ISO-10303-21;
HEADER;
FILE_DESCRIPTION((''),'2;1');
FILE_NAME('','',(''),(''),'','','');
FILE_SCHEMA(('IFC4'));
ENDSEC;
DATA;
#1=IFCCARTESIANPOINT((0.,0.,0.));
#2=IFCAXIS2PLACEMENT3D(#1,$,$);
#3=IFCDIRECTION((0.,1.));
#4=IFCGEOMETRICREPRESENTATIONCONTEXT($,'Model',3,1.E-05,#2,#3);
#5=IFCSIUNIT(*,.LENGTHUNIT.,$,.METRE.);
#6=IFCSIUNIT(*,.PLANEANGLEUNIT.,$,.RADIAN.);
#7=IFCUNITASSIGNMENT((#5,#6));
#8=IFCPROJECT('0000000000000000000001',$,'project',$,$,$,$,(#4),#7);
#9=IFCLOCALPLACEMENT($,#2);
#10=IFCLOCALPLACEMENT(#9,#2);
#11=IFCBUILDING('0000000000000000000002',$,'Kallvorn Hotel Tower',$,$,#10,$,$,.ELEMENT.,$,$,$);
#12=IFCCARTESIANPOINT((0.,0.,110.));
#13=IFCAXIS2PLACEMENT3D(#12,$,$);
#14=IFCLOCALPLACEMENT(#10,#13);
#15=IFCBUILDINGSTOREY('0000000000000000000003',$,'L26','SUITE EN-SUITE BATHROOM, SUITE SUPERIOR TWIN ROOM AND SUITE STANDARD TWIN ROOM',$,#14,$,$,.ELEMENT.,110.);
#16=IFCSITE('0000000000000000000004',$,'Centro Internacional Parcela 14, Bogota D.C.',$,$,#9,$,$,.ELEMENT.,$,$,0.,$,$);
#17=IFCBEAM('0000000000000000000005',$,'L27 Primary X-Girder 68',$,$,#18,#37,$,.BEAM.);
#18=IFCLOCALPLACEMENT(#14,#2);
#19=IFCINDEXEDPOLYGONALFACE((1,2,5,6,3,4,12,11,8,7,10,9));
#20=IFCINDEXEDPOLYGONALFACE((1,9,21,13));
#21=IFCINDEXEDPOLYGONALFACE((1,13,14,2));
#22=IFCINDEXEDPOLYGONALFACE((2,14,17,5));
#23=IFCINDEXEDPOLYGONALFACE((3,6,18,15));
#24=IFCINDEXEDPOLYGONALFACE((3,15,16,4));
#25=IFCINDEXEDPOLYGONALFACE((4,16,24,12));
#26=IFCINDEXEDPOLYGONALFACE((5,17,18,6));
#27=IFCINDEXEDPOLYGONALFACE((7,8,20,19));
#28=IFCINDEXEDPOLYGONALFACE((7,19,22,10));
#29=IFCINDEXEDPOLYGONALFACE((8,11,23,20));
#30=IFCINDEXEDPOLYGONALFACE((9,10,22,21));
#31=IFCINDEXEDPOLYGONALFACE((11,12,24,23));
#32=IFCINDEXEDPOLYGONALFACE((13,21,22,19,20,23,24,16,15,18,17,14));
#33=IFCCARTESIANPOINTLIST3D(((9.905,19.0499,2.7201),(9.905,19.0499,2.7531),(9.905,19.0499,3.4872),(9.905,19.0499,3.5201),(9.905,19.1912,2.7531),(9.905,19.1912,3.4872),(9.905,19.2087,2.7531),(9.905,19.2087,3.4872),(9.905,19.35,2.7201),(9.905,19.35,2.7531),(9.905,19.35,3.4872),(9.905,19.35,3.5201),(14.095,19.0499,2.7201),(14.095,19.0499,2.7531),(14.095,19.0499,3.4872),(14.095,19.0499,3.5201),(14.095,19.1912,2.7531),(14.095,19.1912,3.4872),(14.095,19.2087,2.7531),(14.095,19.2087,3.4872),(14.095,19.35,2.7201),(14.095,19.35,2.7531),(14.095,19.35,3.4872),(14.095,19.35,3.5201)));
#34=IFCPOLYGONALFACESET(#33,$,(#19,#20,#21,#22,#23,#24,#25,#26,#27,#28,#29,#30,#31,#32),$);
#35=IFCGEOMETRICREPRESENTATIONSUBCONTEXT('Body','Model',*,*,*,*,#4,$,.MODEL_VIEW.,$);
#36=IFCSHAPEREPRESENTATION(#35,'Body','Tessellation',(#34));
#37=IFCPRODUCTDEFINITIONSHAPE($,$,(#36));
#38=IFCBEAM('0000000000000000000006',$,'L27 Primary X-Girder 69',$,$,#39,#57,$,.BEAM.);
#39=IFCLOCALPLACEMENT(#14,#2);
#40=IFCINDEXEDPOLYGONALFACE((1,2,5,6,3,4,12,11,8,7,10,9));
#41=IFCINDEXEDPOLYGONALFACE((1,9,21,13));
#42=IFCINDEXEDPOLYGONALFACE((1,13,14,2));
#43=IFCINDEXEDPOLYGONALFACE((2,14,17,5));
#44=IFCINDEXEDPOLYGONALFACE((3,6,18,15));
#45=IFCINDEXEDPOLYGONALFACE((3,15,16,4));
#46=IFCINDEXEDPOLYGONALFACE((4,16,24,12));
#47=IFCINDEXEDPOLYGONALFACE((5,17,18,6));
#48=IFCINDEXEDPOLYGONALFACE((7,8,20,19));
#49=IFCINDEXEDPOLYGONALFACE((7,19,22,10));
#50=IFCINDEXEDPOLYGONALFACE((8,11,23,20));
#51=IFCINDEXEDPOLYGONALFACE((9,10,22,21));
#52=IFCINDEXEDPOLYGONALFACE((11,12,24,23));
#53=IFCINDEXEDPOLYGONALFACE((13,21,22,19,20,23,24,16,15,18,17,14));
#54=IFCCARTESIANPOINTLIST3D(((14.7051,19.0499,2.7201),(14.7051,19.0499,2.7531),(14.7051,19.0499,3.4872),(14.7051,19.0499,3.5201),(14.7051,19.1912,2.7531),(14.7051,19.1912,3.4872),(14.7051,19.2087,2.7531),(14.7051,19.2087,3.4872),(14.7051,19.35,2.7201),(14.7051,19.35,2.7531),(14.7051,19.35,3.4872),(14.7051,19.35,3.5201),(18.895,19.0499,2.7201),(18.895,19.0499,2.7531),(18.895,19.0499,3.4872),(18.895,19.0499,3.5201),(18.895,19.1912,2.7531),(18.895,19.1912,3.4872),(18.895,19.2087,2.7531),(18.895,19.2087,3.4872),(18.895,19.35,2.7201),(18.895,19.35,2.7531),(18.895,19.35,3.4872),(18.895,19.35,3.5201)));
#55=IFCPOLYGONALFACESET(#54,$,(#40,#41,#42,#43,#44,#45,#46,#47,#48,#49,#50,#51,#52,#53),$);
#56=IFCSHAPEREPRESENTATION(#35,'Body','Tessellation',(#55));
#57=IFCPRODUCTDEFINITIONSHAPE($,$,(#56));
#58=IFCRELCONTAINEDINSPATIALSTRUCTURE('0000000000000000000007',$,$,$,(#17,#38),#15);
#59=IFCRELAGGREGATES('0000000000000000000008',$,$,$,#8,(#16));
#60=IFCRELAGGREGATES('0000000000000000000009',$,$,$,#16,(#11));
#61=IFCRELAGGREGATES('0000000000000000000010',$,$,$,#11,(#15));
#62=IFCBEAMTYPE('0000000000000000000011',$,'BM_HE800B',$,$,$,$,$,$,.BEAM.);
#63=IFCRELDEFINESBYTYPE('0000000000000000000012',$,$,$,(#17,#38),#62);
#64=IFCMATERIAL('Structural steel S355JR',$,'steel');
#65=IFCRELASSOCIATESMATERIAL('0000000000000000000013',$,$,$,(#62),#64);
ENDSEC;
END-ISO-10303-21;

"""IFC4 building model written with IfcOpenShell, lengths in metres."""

from ifc_helpers import new_model, si_unit, direction, frame, origin, origin_2d, place, context, subcontext, project, spatial, i_section, extrude, material, material_profile, profile_set, type_object, element, save


model = new_model("IFC4")

# Units and contexts
model_context = context("Model", 3, precision=1e-05, world=origin(), true_north=direction((0.0, 1.0)))
body_context = subcontext(model_context, "Body", "Model", "MODEL_VIEW")
ifc_project = project(units=[si_unit("LENGTHUNIT", "METRE"), si_unit("PLANEANGLEUNIT", "RADIAN")], contexts=[model_context])

# Site, building, storey
site_placement = place(None, origin())
site = spatial("IfcSite", under=ifc_project, at=site_placement, Name="Centro Internacional Parcela 14, Bogota D.C.", CompositionType="ELEMENT", RefElevation=0.0)
building_placement = place(site_placement, origin())
building = spatial("IfcBuilding", under=site, at=building_placement, Name="Kallvorn Hotel Tower", CompositionType="ELEMENT")
storey_placement = place(building_placement, frame((0.0, 0.0, 110.0)))
storey = spatial("IfcBuildingStorey", under=building, at=storey_placement, Name="L26", Description="SUITE EN-SUITE BATHROOM, SUITE SUPERIOR TWIN ROOM AND SUITE STANDARD TWIN ROOM", CompositionType="ELEMENT", Elevation=110.0)

# Beams
ifc_material_1 = material(Name="Structural steel S355JR", Category="steel")
ifc_material_profile_1 = material_profile(ifc_material_1, i_section(OverallWidth=0.3, OverallDepth=0.8, WebThickness=0.0176, FlangeThickness=0.033, at=origin_2d()), Name="HE 800 B")
ifc_profile_set_1 = profile_set([ifc_material_profile_1], Name="Structural steel S355JR")
beam_type_1 = type_object("IfcBeamType", Name="BM_HE800B", PredefinedType="BEAM", material=ifc_profile_set_1)
for number, where, z_axis, x_axis, name in (
    (1, (9.905, 19.2, 3.1201), (1.0, 0.0, 0.0), (0.0, 1.0, 0.0), "L27 Primary X-Girder 68"),
    (2, (14.7051, 19.2, 3.1201), (1.0, 0.0, 0.0), (0.0, 1.0, 0.0), "L27 Primary X-Girder 69"),
):
    element("IfcBeam", number, at=place(storey_placement, frame(where, z_axis=z_axis, x_axis=x_axis)), inside=storey, type_object=beam_type_1, Name=name, PredefinedType="BEAM", context=body_context, shape_type="SweptSolid", body=[
        extrude(i_section(OverallWidth=0.3, OverallDepth=0.8, WebThickness=0.0176, FlangeThickness=0.033, at=origin_2d()), origin(), (0.0, 0.0, 1.0), 4.1899),
    ])

save(model, "model.ifc")
